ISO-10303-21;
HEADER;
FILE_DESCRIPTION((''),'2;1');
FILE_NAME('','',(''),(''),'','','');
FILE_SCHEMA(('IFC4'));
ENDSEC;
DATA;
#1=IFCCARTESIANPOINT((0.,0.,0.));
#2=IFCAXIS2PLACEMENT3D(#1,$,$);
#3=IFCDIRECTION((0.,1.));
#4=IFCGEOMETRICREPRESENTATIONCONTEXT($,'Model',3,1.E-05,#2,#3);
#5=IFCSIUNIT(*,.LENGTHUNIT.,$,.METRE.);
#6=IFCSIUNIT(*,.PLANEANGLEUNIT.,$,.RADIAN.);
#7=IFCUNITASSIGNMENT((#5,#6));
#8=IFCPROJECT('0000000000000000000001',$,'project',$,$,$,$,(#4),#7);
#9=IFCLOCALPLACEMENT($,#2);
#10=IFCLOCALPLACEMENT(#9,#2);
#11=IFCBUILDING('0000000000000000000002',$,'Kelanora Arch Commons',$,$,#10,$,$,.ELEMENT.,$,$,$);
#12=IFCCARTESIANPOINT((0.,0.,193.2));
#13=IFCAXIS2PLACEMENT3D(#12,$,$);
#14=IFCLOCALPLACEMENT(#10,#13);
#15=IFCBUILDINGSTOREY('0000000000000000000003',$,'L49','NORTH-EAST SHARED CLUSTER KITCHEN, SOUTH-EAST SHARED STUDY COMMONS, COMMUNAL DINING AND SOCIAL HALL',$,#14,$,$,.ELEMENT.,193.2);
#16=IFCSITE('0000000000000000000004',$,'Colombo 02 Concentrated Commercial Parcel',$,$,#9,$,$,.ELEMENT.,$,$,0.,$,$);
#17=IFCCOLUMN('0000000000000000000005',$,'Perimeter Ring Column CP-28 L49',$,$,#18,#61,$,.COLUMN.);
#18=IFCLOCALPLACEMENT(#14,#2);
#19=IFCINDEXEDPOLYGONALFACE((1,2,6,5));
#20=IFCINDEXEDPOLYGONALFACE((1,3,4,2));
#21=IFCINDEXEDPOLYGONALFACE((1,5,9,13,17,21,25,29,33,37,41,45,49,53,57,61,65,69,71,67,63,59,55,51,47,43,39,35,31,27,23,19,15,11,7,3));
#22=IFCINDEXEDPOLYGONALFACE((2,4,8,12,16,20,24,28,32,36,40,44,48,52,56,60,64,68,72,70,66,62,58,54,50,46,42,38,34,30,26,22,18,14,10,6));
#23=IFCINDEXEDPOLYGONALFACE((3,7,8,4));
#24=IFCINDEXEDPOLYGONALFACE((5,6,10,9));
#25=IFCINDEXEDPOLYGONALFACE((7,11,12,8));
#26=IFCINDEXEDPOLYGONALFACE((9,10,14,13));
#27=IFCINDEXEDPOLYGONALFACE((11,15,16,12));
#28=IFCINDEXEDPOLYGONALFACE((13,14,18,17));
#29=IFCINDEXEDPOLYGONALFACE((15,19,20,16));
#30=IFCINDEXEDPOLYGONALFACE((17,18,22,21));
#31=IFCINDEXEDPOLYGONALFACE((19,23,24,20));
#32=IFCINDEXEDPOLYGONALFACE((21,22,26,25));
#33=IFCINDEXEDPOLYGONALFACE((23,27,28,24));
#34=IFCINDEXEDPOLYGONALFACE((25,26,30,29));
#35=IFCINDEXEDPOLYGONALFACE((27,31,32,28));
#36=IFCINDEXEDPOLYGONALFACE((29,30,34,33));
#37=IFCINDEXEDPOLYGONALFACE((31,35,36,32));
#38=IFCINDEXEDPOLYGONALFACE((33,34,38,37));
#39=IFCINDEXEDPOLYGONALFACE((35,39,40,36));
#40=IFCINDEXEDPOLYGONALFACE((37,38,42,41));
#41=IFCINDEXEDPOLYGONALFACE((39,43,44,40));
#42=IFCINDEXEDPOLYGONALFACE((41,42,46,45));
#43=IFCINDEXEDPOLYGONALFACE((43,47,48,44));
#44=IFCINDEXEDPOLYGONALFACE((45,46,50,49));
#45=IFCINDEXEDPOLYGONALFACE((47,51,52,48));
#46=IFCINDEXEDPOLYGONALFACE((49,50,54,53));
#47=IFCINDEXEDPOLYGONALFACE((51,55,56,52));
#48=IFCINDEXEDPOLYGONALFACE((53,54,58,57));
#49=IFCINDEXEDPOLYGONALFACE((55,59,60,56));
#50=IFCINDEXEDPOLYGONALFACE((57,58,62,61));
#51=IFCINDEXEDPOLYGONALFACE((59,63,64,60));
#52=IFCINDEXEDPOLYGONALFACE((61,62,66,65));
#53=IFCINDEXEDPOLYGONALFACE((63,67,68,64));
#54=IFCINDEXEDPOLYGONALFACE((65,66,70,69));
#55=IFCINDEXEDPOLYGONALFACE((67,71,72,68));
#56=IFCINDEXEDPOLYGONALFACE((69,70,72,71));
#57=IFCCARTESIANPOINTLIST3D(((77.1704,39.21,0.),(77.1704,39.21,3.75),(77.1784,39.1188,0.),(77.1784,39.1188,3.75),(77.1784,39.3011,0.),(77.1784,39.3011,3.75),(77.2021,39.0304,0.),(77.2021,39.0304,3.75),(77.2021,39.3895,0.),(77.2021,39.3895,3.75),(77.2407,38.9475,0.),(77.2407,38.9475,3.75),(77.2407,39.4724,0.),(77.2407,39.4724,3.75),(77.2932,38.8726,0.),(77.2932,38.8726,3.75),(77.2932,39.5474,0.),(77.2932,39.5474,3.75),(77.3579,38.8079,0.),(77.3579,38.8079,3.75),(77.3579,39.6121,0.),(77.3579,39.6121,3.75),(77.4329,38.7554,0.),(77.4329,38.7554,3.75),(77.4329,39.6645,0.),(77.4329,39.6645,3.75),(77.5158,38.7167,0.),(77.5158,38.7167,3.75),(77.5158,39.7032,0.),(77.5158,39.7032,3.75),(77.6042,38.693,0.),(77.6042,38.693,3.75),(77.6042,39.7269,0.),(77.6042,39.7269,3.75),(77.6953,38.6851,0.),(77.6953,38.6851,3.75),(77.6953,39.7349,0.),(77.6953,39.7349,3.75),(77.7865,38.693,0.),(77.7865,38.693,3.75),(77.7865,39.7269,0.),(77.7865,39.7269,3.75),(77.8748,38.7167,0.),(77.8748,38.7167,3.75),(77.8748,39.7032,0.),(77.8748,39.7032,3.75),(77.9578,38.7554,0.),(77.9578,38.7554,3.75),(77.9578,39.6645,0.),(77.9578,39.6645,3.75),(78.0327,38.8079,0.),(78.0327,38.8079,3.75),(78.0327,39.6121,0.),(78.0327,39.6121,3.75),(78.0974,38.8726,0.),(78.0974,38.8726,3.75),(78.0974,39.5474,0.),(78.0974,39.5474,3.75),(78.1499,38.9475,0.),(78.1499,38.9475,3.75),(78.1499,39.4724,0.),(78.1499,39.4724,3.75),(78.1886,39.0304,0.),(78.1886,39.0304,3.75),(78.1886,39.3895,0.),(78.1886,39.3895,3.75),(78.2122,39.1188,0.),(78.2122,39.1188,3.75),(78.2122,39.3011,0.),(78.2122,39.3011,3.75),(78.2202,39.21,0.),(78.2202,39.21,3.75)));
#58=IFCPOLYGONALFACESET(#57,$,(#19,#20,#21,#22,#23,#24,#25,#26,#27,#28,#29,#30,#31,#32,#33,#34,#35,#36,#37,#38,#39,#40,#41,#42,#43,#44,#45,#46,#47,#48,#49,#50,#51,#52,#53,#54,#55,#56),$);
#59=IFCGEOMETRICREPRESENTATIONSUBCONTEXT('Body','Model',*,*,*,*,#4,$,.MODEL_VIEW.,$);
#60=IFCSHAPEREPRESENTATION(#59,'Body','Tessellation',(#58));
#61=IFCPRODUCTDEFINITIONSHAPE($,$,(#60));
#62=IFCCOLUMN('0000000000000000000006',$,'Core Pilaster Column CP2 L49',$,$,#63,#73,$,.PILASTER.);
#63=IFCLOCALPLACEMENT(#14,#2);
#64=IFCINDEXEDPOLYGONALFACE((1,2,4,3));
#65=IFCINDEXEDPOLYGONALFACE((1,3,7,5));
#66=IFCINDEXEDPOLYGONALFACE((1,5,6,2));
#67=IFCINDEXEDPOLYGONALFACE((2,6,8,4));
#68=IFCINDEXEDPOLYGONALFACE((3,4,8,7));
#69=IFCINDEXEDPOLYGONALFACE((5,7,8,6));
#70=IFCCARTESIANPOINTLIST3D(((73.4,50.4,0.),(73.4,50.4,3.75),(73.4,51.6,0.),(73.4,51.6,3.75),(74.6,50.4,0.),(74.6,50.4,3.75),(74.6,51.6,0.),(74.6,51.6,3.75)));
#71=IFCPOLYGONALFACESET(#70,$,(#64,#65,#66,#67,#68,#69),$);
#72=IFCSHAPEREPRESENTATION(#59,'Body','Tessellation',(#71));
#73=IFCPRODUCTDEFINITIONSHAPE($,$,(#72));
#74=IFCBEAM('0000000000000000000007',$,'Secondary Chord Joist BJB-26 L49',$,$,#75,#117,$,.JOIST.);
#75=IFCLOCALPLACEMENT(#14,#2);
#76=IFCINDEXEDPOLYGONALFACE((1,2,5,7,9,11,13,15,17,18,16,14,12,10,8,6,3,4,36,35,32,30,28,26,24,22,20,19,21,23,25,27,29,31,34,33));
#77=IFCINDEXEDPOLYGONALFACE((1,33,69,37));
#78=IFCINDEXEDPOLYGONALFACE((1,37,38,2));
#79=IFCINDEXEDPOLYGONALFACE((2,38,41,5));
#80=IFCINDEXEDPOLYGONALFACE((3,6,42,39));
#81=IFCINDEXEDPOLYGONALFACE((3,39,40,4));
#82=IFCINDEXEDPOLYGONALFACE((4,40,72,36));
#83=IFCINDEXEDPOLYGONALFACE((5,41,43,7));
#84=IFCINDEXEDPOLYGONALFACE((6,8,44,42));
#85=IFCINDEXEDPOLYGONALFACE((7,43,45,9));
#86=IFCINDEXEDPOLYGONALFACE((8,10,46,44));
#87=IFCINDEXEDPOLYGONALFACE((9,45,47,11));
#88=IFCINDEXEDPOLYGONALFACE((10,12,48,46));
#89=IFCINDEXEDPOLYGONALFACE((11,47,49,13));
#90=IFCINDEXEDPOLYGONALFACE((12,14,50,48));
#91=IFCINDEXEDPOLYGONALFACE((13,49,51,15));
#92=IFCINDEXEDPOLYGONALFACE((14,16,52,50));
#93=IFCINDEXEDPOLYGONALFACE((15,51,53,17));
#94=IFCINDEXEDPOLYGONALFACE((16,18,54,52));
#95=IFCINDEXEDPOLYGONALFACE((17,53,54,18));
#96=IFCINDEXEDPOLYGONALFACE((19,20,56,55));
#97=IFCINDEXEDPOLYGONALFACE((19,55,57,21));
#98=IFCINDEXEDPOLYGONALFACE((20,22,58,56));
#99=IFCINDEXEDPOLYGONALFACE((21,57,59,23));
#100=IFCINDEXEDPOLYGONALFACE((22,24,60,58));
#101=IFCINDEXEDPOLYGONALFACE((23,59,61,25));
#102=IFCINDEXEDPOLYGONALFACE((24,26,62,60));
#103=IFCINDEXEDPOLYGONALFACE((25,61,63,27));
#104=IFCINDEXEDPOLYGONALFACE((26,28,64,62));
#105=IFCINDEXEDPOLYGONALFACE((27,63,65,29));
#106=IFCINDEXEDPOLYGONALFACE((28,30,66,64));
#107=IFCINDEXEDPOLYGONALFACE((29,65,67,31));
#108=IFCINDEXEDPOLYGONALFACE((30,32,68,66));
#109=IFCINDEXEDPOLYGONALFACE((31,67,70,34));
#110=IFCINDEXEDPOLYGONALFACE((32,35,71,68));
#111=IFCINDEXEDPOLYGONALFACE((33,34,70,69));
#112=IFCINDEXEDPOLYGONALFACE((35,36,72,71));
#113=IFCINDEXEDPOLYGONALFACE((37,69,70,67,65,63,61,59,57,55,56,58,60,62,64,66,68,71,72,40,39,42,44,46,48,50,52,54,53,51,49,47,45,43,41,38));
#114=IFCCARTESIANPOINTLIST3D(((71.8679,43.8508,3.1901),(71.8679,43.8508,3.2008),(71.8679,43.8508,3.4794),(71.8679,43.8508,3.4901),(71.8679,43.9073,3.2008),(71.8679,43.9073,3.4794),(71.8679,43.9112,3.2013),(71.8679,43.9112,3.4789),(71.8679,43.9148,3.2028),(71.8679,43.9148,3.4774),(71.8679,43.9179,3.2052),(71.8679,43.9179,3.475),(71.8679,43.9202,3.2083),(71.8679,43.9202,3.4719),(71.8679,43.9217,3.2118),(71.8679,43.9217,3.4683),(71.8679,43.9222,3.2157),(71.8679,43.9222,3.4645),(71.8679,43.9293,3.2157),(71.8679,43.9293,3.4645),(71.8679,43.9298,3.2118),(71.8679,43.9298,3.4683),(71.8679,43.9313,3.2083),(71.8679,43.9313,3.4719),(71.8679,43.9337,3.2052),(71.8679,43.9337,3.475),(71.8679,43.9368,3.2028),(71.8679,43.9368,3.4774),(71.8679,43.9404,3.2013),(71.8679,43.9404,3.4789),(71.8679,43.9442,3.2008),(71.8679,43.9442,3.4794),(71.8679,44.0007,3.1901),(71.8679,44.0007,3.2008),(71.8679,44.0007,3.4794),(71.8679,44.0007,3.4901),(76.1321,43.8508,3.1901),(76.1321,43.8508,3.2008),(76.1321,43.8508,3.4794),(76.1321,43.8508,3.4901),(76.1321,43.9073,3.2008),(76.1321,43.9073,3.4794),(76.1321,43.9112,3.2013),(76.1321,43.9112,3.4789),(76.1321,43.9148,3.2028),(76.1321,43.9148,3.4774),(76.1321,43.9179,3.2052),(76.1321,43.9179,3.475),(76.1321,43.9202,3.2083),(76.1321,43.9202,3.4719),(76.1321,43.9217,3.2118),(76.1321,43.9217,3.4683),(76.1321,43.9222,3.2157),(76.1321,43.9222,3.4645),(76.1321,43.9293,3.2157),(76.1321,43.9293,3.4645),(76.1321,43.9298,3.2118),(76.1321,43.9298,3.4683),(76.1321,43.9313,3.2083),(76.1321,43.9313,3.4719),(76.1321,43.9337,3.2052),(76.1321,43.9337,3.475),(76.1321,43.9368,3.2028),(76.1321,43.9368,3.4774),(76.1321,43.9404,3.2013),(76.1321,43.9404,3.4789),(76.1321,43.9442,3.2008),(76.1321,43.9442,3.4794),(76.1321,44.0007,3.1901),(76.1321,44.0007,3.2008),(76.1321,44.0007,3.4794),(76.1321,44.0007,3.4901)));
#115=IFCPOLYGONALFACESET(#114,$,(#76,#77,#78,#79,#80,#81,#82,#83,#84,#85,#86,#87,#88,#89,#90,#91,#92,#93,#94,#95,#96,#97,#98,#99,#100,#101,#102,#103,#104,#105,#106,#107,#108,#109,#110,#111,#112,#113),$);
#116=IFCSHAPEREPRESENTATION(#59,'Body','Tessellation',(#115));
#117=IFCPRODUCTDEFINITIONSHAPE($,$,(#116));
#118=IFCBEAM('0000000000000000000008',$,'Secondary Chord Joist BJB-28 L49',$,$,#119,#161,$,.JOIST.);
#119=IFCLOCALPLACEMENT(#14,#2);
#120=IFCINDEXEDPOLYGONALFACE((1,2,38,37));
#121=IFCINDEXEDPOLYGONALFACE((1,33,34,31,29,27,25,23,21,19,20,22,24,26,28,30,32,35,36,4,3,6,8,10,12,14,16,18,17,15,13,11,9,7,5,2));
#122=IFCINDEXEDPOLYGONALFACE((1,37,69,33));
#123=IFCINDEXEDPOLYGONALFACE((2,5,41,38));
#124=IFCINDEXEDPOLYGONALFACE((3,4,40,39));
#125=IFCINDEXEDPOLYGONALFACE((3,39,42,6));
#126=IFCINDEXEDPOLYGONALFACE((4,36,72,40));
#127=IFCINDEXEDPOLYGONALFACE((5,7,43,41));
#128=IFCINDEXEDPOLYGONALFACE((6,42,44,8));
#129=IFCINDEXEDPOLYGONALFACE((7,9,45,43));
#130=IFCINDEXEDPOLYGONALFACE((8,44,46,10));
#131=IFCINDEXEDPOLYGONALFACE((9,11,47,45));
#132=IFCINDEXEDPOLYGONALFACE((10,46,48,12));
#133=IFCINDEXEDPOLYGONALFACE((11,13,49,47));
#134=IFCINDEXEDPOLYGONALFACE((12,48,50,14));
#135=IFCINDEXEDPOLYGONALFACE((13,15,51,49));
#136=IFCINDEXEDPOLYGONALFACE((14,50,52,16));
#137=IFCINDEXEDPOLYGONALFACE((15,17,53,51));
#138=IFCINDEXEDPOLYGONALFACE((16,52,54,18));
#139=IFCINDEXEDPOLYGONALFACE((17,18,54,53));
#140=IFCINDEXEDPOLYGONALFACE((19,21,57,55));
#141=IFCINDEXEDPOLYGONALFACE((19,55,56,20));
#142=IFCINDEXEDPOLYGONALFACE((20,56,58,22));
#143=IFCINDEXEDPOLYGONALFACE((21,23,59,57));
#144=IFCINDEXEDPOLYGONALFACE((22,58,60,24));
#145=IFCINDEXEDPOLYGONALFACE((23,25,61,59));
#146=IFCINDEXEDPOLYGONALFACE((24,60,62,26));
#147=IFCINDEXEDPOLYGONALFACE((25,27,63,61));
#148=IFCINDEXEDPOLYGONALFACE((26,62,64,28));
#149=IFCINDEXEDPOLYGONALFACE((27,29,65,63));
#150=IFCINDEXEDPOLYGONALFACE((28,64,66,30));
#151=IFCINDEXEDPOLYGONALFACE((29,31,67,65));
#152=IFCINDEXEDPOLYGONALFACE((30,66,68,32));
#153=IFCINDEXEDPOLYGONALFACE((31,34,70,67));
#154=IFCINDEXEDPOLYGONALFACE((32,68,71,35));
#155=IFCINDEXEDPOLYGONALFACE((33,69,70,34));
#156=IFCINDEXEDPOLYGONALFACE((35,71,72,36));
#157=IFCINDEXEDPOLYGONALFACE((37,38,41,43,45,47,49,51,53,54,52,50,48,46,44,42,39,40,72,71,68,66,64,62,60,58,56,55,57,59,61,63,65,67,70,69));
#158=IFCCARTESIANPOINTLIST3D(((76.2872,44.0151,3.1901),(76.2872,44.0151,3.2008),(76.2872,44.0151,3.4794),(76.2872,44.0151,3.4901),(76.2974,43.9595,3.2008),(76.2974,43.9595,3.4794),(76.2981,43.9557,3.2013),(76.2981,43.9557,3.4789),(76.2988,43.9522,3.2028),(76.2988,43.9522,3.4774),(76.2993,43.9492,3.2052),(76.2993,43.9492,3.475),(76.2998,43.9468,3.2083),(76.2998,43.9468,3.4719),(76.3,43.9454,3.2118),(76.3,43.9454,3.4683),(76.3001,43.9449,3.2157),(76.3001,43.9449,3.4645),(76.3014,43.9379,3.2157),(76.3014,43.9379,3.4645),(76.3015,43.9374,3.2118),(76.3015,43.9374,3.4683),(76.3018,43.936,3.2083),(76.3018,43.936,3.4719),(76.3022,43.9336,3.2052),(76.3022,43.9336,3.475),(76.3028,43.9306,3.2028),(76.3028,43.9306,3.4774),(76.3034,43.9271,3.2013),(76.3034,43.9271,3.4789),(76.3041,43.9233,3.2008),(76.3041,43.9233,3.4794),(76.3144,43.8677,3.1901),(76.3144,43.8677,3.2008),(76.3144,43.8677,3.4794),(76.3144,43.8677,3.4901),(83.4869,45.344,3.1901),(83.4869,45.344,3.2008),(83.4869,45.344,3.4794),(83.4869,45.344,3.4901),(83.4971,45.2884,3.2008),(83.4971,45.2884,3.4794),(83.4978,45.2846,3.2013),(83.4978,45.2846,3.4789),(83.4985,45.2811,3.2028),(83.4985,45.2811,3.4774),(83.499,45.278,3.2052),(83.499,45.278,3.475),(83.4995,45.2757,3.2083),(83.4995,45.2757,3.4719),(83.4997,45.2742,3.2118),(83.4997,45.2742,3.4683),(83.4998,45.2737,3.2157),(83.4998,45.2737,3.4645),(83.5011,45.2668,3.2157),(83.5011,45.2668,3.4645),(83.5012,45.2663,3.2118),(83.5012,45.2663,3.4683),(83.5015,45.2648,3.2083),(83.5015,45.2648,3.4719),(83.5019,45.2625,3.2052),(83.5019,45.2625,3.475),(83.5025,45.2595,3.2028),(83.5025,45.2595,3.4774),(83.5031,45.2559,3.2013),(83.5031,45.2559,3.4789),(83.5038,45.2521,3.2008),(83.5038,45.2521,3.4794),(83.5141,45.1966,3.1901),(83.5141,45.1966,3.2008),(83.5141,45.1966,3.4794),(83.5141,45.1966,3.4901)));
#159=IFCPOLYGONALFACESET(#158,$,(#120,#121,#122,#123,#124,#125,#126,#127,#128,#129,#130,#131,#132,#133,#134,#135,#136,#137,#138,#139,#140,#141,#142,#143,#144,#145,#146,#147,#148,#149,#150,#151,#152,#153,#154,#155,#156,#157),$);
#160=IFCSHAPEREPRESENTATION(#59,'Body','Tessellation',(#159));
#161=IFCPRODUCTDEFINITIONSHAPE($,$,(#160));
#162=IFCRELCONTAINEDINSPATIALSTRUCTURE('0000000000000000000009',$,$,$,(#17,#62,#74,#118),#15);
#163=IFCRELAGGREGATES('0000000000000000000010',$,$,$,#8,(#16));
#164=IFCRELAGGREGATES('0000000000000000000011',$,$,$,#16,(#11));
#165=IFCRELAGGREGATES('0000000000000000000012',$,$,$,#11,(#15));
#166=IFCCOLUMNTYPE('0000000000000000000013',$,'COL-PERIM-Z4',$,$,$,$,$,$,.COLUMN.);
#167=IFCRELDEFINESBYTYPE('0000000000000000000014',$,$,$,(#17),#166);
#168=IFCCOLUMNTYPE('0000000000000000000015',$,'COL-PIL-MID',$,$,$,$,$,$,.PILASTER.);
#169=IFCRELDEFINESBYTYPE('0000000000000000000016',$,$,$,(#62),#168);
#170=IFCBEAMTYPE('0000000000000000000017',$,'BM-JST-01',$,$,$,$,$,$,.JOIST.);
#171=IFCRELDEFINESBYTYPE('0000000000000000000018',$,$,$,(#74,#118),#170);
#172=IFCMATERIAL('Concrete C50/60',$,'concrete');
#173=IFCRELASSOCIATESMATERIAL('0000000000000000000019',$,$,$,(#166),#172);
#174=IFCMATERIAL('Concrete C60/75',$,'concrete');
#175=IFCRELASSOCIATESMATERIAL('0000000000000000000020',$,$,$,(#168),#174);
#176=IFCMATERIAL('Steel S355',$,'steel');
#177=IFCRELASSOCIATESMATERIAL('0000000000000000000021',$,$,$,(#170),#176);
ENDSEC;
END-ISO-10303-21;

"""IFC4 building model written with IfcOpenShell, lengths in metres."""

from ifc_helpers import new_model, si_unit, direction, frame, origin, origin_2d, place, context, subcontext, project, spatial, rectangle, circle, i_section, extrude, material, material_profile, profile_set, type_object, element, save


model = new_model("IFC4")

# Units and contexts
model_context = context("Model", 3, precision=1e-05, world=origin(), true_north=direction((0.0, 1.0)))
body_context = subcontext(model_context, "Body", "Model", "MODEL_VIEW")
ifc_project = project(units=[si_unit("LENGTHUNIT", "METRE"), si_unit("PLANEANGLEUNIT", "RADIAN")], contexts=[model_context])

# Site, building, storey
site_placement = place(None, origin())
site = spatial("IfcSite", under=ifc_project, at=site_placement, Name="Colombo 02 Concentrated Commercial Parcel", CompositionType="ELEMENT", RefElevation=0.0)
building_placement = place(site_placement, origin())
building = spatial("IfcBuilding", under=site, at=building_placement, Name="Kelanora Arch Commons", CompositionType="ELEMENT")
storey_placement = place(building_placement, frame((0.0, 0.0, 193.2)))
storey = spatial("IfcBuildingStorey", under=building, at=storey_placement, Name="L49", Description="NORTH-EAST SHARED CLUSTER KITCHEN, SOUTH-EAST SHARED STUDY COMMONS, COMMUNAL DINING AND SOCIAL HALL", CompositionType="ELEMENT", Elevation=193.2)

# Columns
ifc_material_1 = material(Name="Concrete C50/60", Category="concrete")
ifc_material_profile_1 = material_profile(ifc_material_1, circle(Radius=0.5249, at=origin_2d()), Name="RCC1050")
ifc_profile_set_1 = profile_set([ifc_material_profile_1], Name="Concrete C50/60")
column_type_1 = type_object("IfcColumnType", Name="COL-PERIM-Z4", PredefinedType="COLUMN", material=ifc_profile_set_1)
column_1_placement = place(storey_placement, frame((77.6953, 39.21, 0.0), z_axis=(0.0, 0.0, 1.0), x_axis=(1.0, 0.0, 0.0)))
element("IfcColumn", 1, at=column_1_placement, inside=storey, type_object=column_type_1, Name="Perimeter Ring Column CP-28 L49", PredefinedType="COLUMN", context=body_context, shape_type="SweptSolid", body=[
    extrude(circle(Radius=0.5249, at=origin_2d()), origin(), (0.0, 0.0, 1.0), 3.75),
])
ifc_material_2 = material(Name="Concrete C60/75", Category="concrete")
ifc_material_profile_2 = material_profile(ifc_material_2, rectangle(XDim=1.2, YDim=1.2, at=origin_2d()), Name="RC1200x1200")
ifc_profile_set_2 = profile_set([ifc_material_profile_2], Name="Concrete C60/75")
column_type_2 = type_object("IfcColumnType", Name="COL-PIL-MID", PredefinedType="PILASTER", material=ifc_profile_set_2)
column_2_placement = place(storey_placement, frame((74.0, 51.0, 0.0), z_axis=(0.0, 0.0, 1.0), x_axis=(1.0, 0.0, 0.0)))
element("IfcColumn", 2, at=column_2_placement, inside=storey, type_object=column_type_2, Name="Core Pilaster Column CP2 L49", PredefinedType="PILASTER", context=body_context, shape_type="SweptSolid", body=[
    extrude(rectangle(XDim=1.2, YDim=1.2, at=origin_2d()), origin(), (0.0, 0.0, 1.0), 3.75),
])

# Beams
ifc_material_3 = material(Name="Steel S355", Category="steel")
ifc_material_profile_3 = material_profile(ifc_material_3, i_section(OverallWidth=0.1499, OverallDepth=0.3, WebThickness=0.0071, FlangeThickness=0.0107, FilletRadius=0.0149, at=origin_2d()), Name="IPE300")
ifc_profile_set_3 = profile_set([ifc_material_profile_3], Name="Steel S355")
beam_type_1 = type_object("IfcBeamType", Name="BM-JST-01", PredefinedType="JOIST", material=ifc_profile_set_3)
beam_1_placement = place(storey_placement, frame((71.8679, 43.9258, 3.3401), z_axis=(1.0, 0.0, 0.0), x_axis=(0.0, 1.0, 0.0)))
element("IfcBeam", 3, at=beam_1_placement, inside=storey, type_object=beam_type_1, Name="Secondary Chord Joist BJB-26 L49", PredefinedType="JOIST", context=body_context, shape_type="SweptSolid", body=[
    extrude(i_section(OverallWidth=0.1499, OverallDepth=0.3, WebThickness=0.0071, FlangeThickness=0.0107, FilletRadius=0.0149, at=origin_2d()), origin(), (0.0, 0.0, 1.0), 4.2642),
])
beam_2_placement = place(storey_placement, frame((76.3008, 43.9414, 3.3401), z_axis=(0.98339, 0.181505, 0.0), x_axis=(-0.181505, 0.98339, 0.0)))
element("IfcBeam", 4, at=beam_2_placement, inside=storey, type_object=beam_type_1, Name="Secondary Chord Joist BJB-28 L49", PredefinedType="JOIST", context=body_context, shape_type="SweptSolid", body=[
    extrude(i_section(OverallWidth=0.1499, OverallDepth=0.3, WebThickness=0.0071, FlangeThickness=0.0107, FilletRadius=0.0149, at=origin_2d()), origin(), (0.0, 0.0, 1.0), 7.3213),
])

save(model, "model.ifc")
